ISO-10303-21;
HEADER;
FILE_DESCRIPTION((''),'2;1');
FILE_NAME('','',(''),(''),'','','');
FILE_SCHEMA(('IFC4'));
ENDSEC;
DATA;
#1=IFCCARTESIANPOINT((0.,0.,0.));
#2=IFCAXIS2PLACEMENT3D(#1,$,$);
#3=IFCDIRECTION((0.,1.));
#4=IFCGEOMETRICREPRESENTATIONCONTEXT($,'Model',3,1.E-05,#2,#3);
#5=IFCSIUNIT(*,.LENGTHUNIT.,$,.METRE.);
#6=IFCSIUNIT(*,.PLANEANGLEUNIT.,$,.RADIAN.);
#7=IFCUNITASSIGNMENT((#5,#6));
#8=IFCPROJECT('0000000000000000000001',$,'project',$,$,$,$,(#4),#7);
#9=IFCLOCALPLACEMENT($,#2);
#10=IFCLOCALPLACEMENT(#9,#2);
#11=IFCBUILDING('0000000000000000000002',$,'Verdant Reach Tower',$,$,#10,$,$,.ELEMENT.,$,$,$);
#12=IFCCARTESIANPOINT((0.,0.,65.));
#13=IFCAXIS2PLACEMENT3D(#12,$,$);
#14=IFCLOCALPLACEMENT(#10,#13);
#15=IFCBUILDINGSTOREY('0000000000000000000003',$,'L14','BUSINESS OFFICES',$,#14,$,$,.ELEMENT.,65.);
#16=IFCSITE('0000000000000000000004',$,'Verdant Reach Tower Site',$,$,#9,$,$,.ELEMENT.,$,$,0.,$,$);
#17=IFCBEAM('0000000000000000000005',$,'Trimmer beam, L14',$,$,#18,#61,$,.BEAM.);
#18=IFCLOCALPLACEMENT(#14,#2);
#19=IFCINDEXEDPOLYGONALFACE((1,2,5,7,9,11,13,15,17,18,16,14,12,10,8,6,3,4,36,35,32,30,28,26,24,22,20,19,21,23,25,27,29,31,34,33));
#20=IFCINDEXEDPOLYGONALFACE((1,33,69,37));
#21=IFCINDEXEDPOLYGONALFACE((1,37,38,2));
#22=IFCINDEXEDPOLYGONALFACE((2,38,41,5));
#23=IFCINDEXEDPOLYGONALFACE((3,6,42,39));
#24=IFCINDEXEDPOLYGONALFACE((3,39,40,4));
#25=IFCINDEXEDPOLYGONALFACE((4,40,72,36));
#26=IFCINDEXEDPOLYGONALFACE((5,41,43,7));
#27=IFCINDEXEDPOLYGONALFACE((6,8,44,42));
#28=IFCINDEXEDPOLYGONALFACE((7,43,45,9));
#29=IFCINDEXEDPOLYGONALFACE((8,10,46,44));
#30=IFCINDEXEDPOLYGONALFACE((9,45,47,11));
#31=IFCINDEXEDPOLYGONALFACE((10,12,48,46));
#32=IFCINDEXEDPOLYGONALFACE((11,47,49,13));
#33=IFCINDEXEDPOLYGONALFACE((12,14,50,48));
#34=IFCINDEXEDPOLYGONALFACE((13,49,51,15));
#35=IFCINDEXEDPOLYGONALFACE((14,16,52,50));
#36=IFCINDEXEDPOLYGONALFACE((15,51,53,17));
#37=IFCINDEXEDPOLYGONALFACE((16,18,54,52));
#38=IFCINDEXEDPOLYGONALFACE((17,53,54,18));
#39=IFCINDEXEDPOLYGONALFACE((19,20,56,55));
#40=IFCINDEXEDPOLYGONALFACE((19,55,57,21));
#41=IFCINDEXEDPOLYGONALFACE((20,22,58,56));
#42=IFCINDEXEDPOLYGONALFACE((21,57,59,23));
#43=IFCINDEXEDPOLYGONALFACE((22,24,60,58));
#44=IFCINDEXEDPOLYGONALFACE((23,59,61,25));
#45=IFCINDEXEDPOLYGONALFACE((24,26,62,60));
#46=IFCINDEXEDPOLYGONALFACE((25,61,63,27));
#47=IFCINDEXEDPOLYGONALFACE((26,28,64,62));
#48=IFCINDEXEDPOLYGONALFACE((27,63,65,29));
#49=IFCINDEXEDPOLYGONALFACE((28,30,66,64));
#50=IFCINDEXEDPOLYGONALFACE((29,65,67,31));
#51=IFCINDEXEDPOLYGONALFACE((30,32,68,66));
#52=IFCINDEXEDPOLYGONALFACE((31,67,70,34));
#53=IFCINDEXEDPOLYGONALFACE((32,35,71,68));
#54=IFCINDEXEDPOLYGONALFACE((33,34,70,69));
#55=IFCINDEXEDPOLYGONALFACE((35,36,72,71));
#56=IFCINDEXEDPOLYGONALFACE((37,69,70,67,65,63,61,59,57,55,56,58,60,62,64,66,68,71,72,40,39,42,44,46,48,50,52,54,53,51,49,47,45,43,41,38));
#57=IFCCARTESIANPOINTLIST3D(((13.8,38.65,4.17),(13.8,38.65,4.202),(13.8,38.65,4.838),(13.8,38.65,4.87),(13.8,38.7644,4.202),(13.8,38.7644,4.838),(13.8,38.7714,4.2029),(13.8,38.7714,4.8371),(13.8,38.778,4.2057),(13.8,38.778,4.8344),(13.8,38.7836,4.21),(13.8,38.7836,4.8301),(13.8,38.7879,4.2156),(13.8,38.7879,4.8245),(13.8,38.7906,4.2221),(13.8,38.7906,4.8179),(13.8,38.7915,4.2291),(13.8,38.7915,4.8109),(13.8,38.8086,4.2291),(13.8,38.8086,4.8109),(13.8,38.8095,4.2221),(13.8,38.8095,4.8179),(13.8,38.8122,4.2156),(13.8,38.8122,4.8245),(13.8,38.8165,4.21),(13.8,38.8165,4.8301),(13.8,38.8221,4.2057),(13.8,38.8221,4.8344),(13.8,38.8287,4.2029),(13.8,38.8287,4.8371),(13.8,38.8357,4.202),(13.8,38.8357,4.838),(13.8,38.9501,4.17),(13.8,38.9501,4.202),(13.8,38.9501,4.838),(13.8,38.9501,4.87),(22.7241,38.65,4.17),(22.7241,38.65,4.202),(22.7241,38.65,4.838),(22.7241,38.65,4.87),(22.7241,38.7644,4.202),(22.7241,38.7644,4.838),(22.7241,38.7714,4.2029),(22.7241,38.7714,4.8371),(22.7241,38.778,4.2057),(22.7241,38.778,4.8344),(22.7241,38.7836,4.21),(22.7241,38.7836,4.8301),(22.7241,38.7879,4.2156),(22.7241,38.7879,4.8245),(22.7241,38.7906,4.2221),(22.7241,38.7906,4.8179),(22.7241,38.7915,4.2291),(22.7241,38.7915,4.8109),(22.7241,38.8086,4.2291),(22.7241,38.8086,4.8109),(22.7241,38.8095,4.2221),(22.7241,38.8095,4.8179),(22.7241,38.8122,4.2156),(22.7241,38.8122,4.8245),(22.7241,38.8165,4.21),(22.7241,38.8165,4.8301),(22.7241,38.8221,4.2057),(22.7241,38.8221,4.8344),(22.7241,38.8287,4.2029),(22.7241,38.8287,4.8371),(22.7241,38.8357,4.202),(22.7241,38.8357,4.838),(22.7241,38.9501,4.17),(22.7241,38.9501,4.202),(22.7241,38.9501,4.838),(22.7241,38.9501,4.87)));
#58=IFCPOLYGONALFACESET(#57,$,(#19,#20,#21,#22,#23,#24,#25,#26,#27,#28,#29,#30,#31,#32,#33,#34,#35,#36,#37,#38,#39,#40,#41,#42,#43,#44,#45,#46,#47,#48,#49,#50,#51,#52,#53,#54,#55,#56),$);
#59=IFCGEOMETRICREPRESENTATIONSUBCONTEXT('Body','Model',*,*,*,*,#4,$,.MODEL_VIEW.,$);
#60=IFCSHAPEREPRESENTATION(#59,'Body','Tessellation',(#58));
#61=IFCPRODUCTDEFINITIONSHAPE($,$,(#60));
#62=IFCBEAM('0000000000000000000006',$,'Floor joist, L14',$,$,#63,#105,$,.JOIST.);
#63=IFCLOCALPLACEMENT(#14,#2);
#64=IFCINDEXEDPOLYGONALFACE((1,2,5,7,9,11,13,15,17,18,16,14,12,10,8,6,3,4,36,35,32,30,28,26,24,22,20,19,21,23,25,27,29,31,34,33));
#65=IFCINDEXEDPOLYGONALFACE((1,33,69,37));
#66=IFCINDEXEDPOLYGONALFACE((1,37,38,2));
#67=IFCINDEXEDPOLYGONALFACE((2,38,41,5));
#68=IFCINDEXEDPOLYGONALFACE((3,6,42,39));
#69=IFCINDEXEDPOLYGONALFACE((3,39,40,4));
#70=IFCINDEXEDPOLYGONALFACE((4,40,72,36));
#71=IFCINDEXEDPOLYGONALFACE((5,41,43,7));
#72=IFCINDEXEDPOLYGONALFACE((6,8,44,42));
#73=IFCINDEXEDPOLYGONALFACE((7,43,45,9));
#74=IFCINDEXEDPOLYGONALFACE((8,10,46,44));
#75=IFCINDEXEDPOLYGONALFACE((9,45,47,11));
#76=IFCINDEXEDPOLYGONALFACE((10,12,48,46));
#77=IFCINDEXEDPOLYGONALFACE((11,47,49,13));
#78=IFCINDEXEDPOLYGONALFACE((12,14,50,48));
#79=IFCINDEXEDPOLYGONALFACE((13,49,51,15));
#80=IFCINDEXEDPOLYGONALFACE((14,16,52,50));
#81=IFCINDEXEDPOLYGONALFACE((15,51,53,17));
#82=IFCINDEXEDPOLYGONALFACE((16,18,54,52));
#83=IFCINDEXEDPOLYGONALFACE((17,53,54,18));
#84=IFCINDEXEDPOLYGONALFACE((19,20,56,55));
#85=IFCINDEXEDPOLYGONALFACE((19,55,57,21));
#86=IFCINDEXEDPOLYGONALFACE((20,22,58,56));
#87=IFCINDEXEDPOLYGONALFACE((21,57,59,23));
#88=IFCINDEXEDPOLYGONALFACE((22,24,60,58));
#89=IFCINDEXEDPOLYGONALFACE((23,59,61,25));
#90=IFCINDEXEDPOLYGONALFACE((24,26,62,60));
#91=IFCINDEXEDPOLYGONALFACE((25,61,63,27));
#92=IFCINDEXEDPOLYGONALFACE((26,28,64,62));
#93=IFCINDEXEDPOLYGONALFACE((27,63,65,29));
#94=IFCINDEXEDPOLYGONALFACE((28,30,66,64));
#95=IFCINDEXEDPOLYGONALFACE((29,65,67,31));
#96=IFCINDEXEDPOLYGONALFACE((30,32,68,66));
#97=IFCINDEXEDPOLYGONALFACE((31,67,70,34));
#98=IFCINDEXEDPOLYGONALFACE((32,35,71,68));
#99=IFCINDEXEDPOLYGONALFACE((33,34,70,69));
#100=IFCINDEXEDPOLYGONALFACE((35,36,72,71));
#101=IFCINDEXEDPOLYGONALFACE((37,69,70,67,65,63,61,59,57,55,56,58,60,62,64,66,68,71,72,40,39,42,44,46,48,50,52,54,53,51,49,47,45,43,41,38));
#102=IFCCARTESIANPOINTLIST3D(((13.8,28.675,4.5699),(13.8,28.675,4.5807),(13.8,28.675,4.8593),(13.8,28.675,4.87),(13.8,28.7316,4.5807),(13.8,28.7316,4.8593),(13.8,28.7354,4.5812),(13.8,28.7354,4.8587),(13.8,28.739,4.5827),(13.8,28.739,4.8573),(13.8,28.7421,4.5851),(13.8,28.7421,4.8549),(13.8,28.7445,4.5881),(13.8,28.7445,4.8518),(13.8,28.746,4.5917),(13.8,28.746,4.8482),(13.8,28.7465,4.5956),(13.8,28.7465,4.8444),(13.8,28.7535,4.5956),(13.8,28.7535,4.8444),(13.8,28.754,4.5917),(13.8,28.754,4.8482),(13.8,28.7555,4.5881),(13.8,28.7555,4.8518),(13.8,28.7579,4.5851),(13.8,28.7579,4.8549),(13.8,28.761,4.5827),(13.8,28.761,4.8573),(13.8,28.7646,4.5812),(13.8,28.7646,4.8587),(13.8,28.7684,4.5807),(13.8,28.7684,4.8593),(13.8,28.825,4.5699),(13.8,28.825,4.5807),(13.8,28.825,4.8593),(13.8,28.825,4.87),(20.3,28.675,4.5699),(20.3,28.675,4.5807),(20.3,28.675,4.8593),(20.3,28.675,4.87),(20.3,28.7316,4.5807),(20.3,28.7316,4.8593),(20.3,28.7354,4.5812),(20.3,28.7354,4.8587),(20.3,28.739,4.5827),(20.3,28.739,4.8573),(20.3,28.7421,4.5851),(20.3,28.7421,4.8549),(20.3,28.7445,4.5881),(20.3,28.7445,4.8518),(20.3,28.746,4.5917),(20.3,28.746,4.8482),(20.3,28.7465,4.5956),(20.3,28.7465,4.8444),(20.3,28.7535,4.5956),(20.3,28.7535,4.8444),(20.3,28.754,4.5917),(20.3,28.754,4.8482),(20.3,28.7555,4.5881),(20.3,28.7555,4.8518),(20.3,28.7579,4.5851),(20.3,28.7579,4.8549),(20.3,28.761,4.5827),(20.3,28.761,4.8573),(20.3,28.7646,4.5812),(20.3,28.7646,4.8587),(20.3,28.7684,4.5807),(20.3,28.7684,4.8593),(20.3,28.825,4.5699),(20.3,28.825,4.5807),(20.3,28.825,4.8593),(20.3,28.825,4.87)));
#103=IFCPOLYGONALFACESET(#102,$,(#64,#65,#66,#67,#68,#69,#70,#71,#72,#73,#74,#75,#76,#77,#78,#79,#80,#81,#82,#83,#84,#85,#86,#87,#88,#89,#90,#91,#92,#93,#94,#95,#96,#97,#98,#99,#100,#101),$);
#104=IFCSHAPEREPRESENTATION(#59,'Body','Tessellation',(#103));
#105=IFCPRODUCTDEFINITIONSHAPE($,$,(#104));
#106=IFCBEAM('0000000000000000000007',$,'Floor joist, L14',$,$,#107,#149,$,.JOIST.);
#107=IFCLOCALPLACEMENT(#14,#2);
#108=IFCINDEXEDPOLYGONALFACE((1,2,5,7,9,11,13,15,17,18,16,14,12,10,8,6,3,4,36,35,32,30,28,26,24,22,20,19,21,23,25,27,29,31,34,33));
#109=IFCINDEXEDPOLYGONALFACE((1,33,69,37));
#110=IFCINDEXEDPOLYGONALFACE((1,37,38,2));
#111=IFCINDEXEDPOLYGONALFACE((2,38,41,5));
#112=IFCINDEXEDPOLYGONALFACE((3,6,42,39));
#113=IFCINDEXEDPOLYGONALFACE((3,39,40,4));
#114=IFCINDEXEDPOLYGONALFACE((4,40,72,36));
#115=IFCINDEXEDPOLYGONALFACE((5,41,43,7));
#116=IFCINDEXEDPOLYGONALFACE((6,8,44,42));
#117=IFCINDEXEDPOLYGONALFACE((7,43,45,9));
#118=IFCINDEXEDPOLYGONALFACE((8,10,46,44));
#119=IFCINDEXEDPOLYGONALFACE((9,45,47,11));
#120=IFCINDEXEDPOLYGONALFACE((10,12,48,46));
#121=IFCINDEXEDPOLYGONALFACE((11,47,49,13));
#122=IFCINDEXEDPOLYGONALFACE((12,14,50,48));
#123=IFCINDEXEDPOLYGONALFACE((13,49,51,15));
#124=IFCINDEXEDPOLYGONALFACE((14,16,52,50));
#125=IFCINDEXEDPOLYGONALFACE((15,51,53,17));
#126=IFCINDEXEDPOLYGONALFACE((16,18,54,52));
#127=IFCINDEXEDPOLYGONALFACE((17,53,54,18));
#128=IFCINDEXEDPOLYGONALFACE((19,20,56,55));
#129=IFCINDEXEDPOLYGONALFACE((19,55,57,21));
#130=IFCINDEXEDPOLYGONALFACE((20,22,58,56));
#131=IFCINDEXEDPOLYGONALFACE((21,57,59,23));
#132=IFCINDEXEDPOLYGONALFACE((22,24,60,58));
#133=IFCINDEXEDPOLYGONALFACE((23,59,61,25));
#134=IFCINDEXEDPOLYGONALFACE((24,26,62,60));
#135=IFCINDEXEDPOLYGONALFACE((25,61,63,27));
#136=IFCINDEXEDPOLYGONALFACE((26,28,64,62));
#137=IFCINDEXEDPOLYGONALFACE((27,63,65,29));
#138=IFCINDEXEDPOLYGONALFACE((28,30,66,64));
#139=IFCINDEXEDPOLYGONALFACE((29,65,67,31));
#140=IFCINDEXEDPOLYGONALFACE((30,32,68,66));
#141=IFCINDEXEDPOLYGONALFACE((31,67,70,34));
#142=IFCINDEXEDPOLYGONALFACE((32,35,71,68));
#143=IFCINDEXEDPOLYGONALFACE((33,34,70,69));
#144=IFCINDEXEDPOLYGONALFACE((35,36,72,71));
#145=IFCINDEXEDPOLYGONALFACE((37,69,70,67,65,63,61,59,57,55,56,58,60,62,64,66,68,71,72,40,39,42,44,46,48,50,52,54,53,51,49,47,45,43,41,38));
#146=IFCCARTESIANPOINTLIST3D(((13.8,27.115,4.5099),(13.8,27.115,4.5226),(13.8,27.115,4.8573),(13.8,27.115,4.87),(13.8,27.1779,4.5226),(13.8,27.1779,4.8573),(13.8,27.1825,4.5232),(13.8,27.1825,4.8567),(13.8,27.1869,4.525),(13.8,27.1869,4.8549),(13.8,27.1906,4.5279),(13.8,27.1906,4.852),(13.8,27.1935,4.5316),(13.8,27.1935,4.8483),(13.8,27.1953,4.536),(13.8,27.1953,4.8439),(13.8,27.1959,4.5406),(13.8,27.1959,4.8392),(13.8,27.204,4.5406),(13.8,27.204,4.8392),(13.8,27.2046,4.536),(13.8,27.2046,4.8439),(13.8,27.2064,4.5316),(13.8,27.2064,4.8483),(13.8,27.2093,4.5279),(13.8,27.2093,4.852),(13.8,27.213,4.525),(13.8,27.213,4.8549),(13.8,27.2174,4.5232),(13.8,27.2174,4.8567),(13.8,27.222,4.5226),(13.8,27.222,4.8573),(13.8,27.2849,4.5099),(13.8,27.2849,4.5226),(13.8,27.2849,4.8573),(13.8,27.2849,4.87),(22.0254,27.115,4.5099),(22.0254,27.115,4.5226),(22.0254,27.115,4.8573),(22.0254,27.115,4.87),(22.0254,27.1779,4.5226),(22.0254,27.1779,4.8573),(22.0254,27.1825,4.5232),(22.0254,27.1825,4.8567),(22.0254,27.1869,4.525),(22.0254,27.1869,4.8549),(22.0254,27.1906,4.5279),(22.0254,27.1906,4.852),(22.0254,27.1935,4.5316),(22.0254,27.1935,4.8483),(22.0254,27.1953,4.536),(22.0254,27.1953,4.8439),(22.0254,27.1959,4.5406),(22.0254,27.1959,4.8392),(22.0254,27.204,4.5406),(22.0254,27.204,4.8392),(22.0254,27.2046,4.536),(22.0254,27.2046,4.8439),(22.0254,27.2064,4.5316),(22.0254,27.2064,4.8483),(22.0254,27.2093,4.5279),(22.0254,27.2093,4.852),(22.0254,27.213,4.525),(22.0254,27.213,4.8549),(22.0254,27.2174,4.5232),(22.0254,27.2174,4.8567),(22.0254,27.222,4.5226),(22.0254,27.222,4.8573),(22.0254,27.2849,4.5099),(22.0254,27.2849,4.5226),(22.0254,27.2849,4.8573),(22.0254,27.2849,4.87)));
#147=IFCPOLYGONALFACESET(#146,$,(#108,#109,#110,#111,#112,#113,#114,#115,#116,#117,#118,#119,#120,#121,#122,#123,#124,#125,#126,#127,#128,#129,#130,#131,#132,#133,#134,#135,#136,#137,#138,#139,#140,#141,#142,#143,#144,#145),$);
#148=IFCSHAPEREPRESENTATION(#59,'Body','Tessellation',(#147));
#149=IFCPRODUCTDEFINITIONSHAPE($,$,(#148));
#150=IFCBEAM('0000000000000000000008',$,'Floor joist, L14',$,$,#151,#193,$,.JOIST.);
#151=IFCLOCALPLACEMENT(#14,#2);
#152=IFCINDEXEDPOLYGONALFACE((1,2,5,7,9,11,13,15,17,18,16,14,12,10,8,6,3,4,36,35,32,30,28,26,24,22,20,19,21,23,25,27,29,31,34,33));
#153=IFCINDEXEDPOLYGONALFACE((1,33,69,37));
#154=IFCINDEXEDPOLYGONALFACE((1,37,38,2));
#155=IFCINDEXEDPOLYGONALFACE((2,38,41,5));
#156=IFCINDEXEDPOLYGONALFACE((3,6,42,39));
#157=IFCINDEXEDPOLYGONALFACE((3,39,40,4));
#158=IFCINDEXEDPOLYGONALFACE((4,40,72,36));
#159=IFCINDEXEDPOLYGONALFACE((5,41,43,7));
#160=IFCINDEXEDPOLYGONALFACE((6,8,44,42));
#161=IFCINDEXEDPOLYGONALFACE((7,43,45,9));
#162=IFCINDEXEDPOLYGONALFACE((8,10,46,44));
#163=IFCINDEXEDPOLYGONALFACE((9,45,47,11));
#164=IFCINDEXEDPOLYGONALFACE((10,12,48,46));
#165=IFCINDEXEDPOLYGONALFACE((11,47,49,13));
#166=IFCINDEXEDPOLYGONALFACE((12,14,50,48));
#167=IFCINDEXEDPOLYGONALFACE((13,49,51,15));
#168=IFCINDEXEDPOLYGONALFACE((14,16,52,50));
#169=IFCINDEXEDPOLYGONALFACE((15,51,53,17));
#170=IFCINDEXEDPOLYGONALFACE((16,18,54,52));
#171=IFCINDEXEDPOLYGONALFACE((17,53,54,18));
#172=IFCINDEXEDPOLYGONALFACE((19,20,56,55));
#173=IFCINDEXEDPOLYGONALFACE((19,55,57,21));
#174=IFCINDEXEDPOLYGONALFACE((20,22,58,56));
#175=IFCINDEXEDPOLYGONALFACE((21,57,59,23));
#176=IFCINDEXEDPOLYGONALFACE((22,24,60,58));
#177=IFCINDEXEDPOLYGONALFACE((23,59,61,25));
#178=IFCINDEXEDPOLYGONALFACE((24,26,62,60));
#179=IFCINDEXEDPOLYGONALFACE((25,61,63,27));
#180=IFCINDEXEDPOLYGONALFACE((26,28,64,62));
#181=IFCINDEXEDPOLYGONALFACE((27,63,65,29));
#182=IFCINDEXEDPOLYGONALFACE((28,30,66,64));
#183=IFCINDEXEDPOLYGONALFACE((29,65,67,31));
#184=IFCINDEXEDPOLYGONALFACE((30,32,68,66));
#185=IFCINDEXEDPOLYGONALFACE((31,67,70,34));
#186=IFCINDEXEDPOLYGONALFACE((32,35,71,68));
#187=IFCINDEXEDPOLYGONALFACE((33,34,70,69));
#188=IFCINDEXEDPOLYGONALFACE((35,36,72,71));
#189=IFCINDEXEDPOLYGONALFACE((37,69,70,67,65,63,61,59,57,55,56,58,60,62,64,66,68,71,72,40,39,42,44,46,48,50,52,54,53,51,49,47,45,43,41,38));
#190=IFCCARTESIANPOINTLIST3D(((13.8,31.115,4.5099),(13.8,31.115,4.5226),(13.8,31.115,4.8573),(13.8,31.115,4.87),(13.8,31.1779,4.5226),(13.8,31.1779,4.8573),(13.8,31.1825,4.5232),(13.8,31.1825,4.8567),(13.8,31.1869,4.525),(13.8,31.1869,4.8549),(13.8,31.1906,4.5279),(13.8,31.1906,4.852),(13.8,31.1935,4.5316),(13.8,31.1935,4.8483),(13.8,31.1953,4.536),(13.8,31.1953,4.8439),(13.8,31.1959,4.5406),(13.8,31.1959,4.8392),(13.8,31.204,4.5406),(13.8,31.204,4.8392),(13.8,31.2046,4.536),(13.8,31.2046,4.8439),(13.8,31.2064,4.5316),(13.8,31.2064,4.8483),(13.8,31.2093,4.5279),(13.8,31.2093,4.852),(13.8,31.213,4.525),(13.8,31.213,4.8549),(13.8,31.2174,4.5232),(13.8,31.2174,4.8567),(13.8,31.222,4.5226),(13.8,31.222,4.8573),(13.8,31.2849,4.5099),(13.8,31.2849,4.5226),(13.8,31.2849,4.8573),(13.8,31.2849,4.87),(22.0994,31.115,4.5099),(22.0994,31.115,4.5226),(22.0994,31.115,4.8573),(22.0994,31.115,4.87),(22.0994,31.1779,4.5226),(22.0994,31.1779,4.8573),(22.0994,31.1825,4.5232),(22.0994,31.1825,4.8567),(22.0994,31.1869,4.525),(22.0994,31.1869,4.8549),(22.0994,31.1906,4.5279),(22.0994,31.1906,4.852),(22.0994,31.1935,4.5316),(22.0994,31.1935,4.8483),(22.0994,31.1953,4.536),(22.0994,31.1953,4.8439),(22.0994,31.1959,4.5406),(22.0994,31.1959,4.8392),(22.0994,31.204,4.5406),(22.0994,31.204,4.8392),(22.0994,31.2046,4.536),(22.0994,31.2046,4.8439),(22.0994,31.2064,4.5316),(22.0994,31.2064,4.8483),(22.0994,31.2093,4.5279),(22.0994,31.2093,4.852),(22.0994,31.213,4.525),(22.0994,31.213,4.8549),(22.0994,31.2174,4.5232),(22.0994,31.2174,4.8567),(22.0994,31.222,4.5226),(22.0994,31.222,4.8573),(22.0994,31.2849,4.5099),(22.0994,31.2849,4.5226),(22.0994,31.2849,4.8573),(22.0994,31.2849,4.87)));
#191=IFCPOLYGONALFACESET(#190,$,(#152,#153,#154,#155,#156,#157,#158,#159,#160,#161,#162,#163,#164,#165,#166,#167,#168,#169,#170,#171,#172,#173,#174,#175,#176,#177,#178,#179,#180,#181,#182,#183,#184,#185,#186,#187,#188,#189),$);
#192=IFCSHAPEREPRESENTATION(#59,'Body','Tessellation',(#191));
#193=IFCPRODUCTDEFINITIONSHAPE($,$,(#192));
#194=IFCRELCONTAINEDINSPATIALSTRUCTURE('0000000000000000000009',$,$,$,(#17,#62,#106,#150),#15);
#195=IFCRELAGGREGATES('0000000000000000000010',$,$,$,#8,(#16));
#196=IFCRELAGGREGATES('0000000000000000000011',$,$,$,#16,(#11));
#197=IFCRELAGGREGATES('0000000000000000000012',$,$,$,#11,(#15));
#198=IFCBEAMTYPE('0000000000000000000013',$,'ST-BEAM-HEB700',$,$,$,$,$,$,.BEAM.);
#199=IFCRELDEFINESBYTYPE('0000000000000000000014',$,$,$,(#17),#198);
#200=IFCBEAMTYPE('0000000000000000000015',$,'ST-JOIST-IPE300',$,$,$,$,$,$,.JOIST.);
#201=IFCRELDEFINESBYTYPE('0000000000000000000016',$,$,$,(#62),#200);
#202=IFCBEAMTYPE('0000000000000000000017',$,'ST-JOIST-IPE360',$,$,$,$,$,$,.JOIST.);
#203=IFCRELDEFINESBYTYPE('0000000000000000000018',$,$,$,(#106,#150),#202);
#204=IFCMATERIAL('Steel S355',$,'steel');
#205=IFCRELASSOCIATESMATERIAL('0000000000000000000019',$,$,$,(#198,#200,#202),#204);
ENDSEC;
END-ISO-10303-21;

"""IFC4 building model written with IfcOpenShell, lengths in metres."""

from ifc_helpers import new_model, si_unit, direction, frame, origin, origin_2d, place, context, subcontext, project, spatial, i_section, extrude, material, material_profile, profile_set, type_object, element, save


model = new_model("IFC4")

# Units and contexts
model_context = context("Model", 3, precision=1e-05, world=origin(), true_north=direction((0.0, 1.0)))
body_context = subcontext(model_context, "Body", "Model", "MODEL_VIEW")
ifc_project = project(units=[si_unit("LENGTHUNIT", "METRE"), si_unit("PLANEANGLEUNIT", "RADIAN")], contexts=[model_context])

# Site, building, storey
site_placement = place(None, origin())
site = spatial("IfcSite", under=ifc_project, at=site_placement, Name="Verdant Reach Tower Site", CompositionType="ELEMENT", RefElevation=0.0)
building_placement = place(site_placement, origin())
building = spatial("IfcBuilding", under=site, at=building_placement, Name="Verdant Reach Tower", CompositionType="ELEMENT")
storey_placement = place(building_placement, frame((0.0, 0.0, 65.0)))
storey = spatial("IfcBuildingStorey", under=building, at=storey_placement, Name="L14", Description="BUSINESS OFFICES", CompositionType="ELEMENT", Elevation=65.0)

# Beams
ifc_material_1 = material(Name="Steel S355", Category="steel")
ifc_material_profile_1 = material_profile(ifc_material_1, i_section(OverallWidth=0.3, OverallDepth=0.7, WebThickness=0.0171, FlangeThickness=0.032, FilletRadius=0.0271, at=origin_2d()), Name="HEB 700")
ifc_profile_set_1 = profile_set([ifc_material_profile_1], Name="Steel S355")
beam_type_1 = type_object("IfcBeamType", Name="ST-BEAM-HEB700", PredefinedType="BEAM", material=ifc_profile_set_1)
beam_1_placement = place(storey_placement, frame((13.8, 38.8, 4.52), z_axis=(1.0, 0.0, 0.0), x_axis=(0.0, 1.0, 0.0)))
element("IfcBeam", 1, at=beam_1_placement, inside=storey, type_object=beam_type_1, Name="Trimmer beam, L14", PredefinedType="BEAM", context=body_context, shape_type="SweptSolid", body=[
    extrude(i_section(OverallWidth=0.3, OverallDepth=0.7, WebThickness=0.0171, FlangeThickness=0.032, FilletRadius=0.0271, at=origin_2d()), origin(), (0.0, 0.0, 1.0), 8.9241),
])
ifc_material_profile_2 = material_profile(ifc_material_1, i_section(OverallWidth=0.1499, OverallDepth=0.3, WebThickness=0.0071, FlangeThickness=0.0107, FilletRadius=0.0149, at=origin_2d()), Name="IPE 300")
ifc_profile_set_2 = profile_set([ifc_material_profile_2], Name="Steel S355")
beam_type_2 = type_object("IfcBeamType", Name="ST-JOIST-IPE300", PredefinedType="JOIST", material=ifc_profile_set_2)
beam_2_placement = place(storey_placement, frame((13.8, 28.75, 4.72), z_axis=(1.0, 0.0, 0.0), x_axis=(0.0, 1.0, 0.0)))
element("IfcBeam", 2, at=beam_2_placement, inside=storey, type_object=beam_type_2, Name="Floor joist, L14", PredefinedType="JOIST", context=body_context, shape_type="SweptSolid", body=[
    extrude(i_section(OverallWidth=0.1499, OverallDepth=0.3, WebThickness=0.0071, FlangeThickness=0.0107, FilletRadius=0.0149, at=origin_2d()), origin(), (0.0, 0.0, 1.0), 6.5),
])
ifc_material_profile_3 = material_profile(ifc_material_1, i_section(OverallWidth=0.1699, OverallDepth=0.3601, WebThickness=0.0081, FlangeThickness=0.0127, FilletRadius=0.0181, at=origin_2d()), Name="IPE 360")
ifc_profile_set_3 = profile_set([ifc_material_profile_3], Name="Steel S355")
beam_type_3 = type_object("IfcBeamType", Name="ST-JOIST-IPE360", PredefinedType="JOIST", material=ifc_profile_set_3)
beam_3_placement = place(storey_placement, frame((13.8, 27.2, 4.6899), z_axis=(1.0, 0.0, 0.0), x_axis=(0.0, 1.0, 0.0)))
element("IfcBeam", 3, at=beam_3_placement, inside=storey, type_object=beam_type_3, Name="Floor joist, L14", PredefinedType="JOIST", context=body_context, shape_type="SweptSolid", body=[
    extrude(i_section(OverallWidth=0.1699, OverallDepth=0.3601, WebThickness=0.0081, FlangeThickness=0.0127, FilletRadius=0.0181, at=origin_2d()), origin(), (0.0, 0.0, 1.0), 8.2253),
])
beam_4_placement = place(storey_placement, frame((13.8, 31.2, 4.6899), z_axis=(1.0, 0.0, 0.0), x_axis=(0.0, 1.0, 0.0)))
element("IfcBeam", 4, at=beam_4_placement, inside=storey, type_object=beam_type_3, Name="Floor joist, L14", PredefinedType="JOIST", context=body_context, shape_type="SweptSolid", body=[
    extrude(i_section(OverallWidth=0.1699, OverallDepth=0.3601, WebThickness=0.0081, FlangeThickness=0.0127, FilletRadius=0.0181, at=origin_2d()), origin(), (0.0, 0.0, 1.0), 8.2993),
])

save(model, "model.ifc")
